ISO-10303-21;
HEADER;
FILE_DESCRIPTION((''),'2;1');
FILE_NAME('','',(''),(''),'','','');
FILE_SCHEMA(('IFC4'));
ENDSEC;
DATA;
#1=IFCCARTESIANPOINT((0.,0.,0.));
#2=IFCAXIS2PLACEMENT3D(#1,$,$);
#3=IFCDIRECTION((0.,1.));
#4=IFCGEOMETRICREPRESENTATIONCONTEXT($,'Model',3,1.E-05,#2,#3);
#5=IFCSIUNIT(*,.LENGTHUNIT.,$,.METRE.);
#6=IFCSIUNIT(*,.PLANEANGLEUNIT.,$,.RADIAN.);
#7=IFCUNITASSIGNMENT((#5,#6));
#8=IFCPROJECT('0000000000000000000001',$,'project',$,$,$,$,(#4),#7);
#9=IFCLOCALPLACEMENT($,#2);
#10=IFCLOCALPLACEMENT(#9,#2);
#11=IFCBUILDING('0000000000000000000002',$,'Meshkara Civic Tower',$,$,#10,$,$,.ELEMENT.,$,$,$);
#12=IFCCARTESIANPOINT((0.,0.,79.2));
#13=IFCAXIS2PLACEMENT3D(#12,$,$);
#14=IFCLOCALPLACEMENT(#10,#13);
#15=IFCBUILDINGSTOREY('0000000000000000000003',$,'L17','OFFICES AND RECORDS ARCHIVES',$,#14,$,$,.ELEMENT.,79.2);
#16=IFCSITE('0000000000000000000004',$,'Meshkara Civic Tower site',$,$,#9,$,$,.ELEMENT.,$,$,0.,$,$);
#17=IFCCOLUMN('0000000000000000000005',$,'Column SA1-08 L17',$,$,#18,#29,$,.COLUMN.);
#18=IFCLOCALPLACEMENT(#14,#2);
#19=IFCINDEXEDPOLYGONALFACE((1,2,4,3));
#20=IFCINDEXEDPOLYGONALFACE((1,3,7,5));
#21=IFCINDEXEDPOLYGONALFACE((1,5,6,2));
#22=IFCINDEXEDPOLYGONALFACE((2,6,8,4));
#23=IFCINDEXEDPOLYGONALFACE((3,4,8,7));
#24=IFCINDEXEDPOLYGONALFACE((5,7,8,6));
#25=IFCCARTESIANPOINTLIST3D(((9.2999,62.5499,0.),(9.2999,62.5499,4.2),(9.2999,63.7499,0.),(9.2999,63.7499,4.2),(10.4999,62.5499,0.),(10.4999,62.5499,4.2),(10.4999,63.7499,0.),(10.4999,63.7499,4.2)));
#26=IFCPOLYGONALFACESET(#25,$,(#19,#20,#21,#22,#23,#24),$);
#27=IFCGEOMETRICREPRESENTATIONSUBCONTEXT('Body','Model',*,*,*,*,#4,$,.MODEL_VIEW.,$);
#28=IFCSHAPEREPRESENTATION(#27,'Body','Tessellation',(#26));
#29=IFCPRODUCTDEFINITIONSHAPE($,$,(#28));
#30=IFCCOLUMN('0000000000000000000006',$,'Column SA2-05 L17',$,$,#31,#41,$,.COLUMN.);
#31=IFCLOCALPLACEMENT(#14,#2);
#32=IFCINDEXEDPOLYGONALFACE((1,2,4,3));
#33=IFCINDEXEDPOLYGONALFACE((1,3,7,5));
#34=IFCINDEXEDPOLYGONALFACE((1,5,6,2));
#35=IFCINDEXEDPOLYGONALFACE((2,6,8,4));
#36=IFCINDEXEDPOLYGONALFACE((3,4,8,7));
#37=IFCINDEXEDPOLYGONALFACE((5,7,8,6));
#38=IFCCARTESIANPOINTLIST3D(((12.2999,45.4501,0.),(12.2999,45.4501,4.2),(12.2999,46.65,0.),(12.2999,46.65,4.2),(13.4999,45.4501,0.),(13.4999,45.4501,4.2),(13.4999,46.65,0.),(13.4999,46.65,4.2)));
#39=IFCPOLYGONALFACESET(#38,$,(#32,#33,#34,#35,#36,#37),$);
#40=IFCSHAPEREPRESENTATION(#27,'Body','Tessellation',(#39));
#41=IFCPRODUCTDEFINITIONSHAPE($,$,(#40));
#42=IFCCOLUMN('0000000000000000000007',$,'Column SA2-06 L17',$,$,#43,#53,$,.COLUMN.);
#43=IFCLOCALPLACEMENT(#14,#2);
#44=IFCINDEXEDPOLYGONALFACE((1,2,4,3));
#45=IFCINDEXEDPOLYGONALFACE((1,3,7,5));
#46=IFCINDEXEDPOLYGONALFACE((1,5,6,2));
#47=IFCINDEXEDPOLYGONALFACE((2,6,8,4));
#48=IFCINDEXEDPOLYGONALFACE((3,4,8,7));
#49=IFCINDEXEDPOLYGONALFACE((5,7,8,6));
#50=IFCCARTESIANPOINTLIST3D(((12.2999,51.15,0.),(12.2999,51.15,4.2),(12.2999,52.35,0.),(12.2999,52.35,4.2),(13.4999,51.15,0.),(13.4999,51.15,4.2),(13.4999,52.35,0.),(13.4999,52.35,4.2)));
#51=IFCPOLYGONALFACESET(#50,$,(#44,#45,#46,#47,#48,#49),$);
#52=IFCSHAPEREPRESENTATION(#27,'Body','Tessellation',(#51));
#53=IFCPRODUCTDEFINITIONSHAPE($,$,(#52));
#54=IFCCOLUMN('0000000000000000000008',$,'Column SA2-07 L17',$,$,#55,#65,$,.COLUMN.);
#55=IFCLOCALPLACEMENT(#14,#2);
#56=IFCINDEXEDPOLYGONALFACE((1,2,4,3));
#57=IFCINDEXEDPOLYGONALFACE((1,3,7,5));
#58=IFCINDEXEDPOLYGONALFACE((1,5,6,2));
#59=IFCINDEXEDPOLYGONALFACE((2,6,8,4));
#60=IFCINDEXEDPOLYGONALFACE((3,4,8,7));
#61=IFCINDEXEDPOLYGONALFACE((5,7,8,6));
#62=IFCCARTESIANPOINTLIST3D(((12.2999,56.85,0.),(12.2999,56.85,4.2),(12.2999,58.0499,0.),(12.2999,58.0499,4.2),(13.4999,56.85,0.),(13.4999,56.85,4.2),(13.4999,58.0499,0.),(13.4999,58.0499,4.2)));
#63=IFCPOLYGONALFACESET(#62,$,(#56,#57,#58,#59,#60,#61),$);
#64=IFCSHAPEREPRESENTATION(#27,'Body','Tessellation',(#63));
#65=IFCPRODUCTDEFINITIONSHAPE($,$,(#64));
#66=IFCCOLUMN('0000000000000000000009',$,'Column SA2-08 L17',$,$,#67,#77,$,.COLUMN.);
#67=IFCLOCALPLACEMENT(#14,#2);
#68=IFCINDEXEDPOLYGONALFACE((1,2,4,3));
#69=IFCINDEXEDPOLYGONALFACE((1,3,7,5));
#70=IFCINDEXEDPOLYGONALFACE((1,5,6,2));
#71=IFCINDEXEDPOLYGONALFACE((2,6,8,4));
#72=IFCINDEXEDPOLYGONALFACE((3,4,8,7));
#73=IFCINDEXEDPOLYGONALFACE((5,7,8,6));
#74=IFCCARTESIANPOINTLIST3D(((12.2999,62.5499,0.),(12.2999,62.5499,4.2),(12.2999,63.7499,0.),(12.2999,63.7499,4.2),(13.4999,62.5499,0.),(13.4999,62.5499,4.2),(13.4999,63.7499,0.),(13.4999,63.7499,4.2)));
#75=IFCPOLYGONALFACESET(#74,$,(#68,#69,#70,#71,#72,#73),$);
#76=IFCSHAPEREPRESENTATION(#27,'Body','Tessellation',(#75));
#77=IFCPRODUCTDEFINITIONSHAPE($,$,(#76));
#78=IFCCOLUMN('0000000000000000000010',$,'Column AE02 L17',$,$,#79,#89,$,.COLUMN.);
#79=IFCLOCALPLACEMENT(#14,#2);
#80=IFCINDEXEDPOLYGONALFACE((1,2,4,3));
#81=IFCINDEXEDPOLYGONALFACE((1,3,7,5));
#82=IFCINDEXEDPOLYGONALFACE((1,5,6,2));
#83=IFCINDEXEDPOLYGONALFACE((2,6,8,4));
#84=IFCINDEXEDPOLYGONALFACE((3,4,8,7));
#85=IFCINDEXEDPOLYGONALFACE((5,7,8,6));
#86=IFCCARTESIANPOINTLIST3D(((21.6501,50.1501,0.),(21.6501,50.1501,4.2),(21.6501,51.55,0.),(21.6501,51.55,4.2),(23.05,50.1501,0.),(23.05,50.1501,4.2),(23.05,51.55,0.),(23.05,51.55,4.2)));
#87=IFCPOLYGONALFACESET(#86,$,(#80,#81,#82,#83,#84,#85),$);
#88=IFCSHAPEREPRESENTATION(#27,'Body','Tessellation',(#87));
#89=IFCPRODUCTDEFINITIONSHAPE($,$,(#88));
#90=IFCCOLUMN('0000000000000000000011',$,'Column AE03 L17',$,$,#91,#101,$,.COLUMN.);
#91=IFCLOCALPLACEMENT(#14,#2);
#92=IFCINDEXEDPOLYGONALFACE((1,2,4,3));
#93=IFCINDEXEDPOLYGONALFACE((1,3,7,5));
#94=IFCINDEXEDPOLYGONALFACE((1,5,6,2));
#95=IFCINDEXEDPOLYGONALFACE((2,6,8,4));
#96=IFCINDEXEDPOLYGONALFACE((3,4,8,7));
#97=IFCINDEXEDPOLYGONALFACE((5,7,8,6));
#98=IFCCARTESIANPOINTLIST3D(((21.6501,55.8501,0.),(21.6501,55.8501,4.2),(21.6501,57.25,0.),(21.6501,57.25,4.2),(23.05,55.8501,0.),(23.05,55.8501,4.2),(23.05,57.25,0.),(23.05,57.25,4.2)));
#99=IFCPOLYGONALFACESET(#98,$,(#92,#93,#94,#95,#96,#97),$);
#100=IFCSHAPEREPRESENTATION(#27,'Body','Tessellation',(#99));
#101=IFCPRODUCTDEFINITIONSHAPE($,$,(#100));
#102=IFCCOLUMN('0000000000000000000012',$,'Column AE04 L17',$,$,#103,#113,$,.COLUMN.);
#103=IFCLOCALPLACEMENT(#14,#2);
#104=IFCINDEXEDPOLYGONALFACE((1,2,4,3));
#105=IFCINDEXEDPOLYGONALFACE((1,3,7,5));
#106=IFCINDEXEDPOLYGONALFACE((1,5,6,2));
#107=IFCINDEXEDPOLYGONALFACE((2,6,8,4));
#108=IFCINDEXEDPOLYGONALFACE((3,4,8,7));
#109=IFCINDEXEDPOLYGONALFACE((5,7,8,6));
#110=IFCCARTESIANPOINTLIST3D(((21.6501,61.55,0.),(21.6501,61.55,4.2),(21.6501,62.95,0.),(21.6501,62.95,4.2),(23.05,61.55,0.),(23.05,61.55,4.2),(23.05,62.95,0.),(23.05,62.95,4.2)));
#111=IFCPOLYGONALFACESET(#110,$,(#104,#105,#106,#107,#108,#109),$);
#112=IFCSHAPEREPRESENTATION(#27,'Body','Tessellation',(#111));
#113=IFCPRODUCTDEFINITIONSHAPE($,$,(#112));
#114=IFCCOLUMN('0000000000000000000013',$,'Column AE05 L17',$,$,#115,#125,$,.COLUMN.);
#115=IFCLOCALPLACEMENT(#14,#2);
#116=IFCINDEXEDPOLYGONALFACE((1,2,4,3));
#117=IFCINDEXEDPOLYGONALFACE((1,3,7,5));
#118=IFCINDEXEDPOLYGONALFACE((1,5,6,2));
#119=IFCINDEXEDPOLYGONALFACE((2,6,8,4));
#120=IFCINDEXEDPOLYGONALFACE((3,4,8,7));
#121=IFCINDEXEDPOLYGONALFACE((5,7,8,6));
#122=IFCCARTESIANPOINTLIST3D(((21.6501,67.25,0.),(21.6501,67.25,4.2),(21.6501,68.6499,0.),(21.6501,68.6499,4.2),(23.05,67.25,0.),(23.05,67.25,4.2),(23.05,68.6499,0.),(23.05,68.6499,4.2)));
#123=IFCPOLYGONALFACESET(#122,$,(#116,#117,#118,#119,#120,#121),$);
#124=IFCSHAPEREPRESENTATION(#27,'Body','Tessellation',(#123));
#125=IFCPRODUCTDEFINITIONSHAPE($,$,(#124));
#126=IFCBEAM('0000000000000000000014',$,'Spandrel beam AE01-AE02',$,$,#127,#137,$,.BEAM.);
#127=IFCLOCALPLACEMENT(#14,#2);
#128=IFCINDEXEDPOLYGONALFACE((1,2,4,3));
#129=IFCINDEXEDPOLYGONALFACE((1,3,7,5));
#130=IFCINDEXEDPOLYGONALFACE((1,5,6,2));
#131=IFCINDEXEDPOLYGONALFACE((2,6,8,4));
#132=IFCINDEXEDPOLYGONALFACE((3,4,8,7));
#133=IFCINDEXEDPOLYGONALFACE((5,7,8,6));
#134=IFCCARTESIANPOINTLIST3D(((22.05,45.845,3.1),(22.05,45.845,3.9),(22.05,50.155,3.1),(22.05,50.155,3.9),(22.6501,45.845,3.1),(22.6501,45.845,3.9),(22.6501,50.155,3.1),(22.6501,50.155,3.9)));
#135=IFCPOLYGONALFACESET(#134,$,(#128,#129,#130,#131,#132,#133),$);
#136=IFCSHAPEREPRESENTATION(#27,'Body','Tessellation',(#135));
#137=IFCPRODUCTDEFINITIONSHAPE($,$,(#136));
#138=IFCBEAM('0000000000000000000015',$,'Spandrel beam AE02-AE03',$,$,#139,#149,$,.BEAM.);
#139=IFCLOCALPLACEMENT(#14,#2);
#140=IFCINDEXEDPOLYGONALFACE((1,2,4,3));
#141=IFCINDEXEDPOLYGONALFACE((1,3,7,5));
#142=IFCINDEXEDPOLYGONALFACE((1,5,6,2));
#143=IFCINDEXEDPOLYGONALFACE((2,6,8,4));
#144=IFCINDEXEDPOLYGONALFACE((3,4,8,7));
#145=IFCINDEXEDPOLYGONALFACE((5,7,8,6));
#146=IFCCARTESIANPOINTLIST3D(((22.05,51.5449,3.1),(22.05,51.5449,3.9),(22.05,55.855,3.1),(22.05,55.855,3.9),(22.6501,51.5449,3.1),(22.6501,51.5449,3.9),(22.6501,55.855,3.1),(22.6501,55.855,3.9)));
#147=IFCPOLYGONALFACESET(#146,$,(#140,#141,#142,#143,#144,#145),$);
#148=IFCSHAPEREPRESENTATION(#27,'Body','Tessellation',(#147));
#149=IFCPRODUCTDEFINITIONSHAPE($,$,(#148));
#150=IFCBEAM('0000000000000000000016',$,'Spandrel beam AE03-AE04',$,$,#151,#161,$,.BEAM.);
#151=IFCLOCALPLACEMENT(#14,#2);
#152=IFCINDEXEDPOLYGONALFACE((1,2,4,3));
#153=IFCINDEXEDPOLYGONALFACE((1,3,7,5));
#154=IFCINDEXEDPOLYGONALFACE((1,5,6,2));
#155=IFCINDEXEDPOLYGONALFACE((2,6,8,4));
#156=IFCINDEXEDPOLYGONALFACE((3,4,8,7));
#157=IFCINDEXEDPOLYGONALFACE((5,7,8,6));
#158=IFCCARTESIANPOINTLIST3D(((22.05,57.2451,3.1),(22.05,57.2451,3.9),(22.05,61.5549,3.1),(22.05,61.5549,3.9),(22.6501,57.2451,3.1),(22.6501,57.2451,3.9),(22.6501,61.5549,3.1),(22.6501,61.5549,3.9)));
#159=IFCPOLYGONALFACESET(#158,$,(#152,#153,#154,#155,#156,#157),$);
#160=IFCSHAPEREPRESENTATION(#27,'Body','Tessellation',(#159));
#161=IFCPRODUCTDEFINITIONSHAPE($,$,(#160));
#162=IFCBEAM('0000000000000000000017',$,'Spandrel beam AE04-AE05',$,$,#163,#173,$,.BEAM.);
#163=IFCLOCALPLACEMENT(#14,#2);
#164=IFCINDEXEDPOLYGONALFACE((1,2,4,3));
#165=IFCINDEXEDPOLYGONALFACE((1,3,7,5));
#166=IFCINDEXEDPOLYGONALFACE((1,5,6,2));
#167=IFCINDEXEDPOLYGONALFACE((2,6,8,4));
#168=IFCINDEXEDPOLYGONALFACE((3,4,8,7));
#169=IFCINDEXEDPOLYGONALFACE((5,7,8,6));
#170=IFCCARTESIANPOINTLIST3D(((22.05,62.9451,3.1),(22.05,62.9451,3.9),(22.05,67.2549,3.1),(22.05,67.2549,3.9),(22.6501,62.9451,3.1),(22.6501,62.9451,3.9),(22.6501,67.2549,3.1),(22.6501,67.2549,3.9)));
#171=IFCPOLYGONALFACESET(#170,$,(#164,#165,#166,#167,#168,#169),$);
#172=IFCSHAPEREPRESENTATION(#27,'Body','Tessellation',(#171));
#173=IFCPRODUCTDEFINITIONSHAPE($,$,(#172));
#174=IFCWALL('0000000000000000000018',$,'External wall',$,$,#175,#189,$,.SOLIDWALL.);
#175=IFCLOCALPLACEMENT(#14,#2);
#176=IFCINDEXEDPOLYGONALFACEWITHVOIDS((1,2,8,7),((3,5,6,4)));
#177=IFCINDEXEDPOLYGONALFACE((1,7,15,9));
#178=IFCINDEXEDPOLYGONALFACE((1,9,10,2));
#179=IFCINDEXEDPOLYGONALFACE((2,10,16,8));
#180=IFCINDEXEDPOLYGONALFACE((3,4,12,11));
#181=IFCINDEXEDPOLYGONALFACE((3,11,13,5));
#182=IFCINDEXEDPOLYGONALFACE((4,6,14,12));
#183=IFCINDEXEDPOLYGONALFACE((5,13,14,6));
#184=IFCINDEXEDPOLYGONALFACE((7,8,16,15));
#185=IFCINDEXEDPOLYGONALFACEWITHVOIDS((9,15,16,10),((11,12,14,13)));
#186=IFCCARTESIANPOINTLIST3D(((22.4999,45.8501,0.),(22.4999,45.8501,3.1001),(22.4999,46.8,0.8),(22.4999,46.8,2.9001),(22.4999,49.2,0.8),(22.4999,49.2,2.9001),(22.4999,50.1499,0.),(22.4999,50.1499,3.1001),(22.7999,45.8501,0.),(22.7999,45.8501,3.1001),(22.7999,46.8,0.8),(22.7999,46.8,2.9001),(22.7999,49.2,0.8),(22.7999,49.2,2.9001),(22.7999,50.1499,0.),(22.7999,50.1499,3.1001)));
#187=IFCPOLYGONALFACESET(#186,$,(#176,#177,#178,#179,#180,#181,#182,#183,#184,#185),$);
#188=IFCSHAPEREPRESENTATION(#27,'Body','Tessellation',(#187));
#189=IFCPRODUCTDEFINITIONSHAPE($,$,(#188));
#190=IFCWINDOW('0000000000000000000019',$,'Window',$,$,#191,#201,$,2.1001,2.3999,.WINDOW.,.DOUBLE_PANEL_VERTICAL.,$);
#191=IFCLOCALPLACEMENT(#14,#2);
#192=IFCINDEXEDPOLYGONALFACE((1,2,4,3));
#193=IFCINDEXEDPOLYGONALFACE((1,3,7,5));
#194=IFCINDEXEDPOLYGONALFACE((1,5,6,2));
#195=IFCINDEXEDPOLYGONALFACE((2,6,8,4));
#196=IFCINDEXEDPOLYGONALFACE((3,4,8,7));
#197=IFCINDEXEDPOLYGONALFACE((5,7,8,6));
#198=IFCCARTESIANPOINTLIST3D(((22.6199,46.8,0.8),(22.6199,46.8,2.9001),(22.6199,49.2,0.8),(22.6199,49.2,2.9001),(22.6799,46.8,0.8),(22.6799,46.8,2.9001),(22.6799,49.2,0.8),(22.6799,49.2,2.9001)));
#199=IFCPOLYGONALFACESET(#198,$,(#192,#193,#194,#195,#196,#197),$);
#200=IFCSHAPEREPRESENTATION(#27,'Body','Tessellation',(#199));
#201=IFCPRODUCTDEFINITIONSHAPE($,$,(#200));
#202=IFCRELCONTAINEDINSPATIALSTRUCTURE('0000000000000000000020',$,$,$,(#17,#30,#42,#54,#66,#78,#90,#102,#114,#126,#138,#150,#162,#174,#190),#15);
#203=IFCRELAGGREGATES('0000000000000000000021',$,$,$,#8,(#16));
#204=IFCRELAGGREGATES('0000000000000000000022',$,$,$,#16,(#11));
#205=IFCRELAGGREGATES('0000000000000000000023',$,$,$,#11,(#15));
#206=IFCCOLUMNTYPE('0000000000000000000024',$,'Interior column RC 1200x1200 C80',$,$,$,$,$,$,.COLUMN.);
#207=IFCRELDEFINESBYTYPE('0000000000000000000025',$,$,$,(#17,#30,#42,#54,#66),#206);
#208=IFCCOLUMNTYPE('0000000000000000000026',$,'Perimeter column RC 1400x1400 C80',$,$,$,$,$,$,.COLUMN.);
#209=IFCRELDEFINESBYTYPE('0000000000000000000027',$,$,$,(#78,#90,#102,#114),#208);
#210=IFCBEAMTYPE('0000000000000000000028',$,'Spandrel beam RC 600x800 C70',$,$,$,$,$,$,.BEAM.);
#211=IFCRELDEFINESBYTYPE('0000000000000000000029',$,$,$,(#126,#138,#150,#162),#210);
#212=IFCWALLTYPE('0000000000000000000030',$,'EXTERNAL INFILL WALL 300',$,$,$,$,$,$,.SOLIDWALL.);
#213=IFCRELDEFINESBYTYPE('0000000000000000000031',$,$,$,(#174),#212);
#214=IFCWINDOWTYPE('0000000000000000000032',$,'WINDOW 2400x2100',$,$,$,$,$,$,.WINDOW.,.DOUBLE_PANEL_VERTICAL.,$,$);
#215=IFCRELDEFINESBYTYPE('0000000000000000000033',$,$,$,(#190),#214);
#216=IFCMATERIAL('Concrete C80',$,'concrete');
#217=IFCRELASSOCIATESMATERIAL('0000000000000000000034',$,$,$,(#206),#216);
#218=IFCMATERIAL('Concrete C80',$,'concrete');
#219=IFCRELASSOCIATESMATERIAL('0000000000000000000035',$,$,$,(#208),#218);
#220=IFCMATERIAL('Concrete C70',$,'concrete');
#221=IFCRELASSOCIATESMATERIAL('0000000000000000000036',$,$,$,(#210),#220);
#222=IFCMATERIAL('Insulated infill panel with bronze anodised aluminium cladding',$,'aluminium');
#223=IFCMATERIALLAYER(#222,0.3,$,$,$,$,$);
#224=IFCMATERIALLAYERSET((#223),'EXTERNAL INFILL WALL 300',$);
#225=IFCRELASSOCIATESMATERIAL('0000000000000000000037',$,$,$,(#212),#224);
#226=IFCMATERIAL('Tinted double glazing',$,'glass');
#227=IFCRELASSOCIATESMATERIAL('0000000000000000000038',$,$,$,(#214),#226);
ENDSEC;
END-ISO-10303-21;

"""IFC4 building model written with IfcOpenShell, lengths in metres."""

from ifc_helpers import new_model, si_unit, direction, frame, frame_2d, origin, origin_2d, place, context, subcontext, project, spatial, rectangle, extrude, material, layer, layer_set, material_profile, profile_set, type_object, element, fill, save


model = new_model("IFC4")

# Units and contexts
model_context = context("Model", 3, precision=1e-05, world=origin(), true_north=direction((0.0, 1.0)))
body_context = subcontext(model_context, "Body", "Model", "MODEL_VIEW")
ifc_project = project(units=[si_unit("LENGTHUNIT", "METRE"), si_unit("PLANEANGLEUNIT", "RADIAN")], contexts=[model_context])

# Site, building, storey
site_placement = place(None, origin())
site = spatial("IfcSite", under=ifc_project, at=site_placement, Name="Meshkara Civic Tower site", CompositionType="ELEMENT", RefElevation=0.0)
building_placement = place(site_placement, origin())
building = spatial("IfcBuilding", under=site, at=building_placement, Name="Meshkara Civic Tower", CompositionType="ELEMENT")
storey_placement = place(building_placement, frame((0.0, 0.0, 79.2)))
storey = spatial("IfcBuildingStorey", under=building, at=storey_placement, Name="L17", Description="OFFICES AND RECORDS ARCHIVES", CompositionType="ELEMENT", Elevation=79.2)

# Columns
ifc_material_1 = material(Name="Concrete C80", Category="concrete")
ifc_material_profile_1 = material_profile(ifc_material_1, rectangle(XDim=1.2, YDim=1.2, at=origin_2d()))
ifc_profile_set_1 = profile_set([ifc_material_profile_1], Name="Concrete C80")
column_type_1 = type_object("IfcColumnType", Name="Interior column RC 1200x1200 C80", PredefinedType="COLUMN", material=ifc_profile_set_1)
for number, where, z_axis, x_axis, name in (
    (1, (9.8999, 63.1499, 0.0), (0.0, 0.0, 1.0), (1.0, 0.0, 0.0), "Column SA1-08 L17"),
    (2, (12.8999, 46.05, 0.0), (0.0, 0.0, 1.0), (1.0, 0.0, 0.0), "Column SA2-05 L17"),
    (3, (12.8999, 51.75, 0.0), (0.0, 0.0, 1.0), (1.0, 0.0, 0.0), "Column SA2-06 L17"),
    (4, (12.8999, 57.45, 0.0), (0.0, 0.0, 1.0), (1.0, 0.0, 0.0), "Column SA2-07 L17"),
    (5, (12.8999, 63.1499, 0.0), (0.0, 0.0, 1.0), (1.0, 0.0, 0.0), "Column SA2-08 L17"),
):
    element("IfcColumn", number, at=place(storey_placement, frame(where, z_axis=z_axis, x_axis=x_axis)), inside=storey, type_object=column_type_1, Name=name, PredefinedType="COLUMN", context=body_context, shape_type="SweptSolid", body=[
        extrude(rectangle(XDim=1.2, YDim=1.2, at=origin_2d()), origin(), (0.0, 0.0, 1.0), 4.2),
    ])
ifc_material_2 = material(Name="Concrete C80", Category="concrete")
ifc_material_profile_2 = material_profile(ifc_material_2, rectangle(XDim=1.3999, YDim=1.3999, at=origin_2d()))
ifc_profile_set_2 = profile_set([ifc_material_profile_2], Name="Concrete C80")
column_type_2 = type_object("IfcColumnType", Name="Perimeter column RC 1400x1400 C80", PredefinedType="COLUMN", material=ifc_profile_set_2)
for number, where, z_axis, x_axis, name in (
    (6, (22.3501, 50.8501, 0.0), (0.0, 0.0, 1.0), (1.0, 0.0, 0.0), "Column AE02 L17"),
    (7, (22.3501, 56.55, 0.0), (0.0, 0.0, 1.0), (1.0, 0.0, 0.0), "Column AE03 L17"),
    (8, (22.3501, 62.25, 0.0), (0.0, 0.0, 1.0), (1.0, 0.0, 0.0), "Column AE04 L17"),
    (9, (22.3501, 67.95, 0.0), (0.0, 0.0, 1.0), (1.0, 0.0, 0.0), "Column AE05 L17"),
):
    element("IfcColumn", number, at=place(storey_placement, frame(where, z_axis=z_axis, x_axis=x_axis)), inside=storey, type_object=column_type_2, Name=name, PredefinedType="COLUMN", context=body_context, shape_type="SweptSolid", body=[
        extrude(rectangle(XDim=1.3999, YDim=1.3999, at=origin_2d()), origin(), (0.0, 0.0, 1.0), 4.2),
    ])

# Beams
ifc_material_3 = material(Name="Concrete C70", Category="concrete")
ifc_material_profile_3 = material_profile(ifc_material_3, rectangle(XDim=0.6001, YDim=0.8, at=origin_2d()))
ifc_profile_set_3 = profile_set([ifc_material_profile_3], Name="Concrete C70")
beam_type = type_object("IfcBeamType", Name="Spandrel beam RC 600x800 C70", PredefinedType="BEAM", material=ifc_profile_set_3)
for number, where, z_axis, x_axis, name in (
    (10, (22.3501, 45.845, 3.5), (0.0, 1.0, 0.0), (-1.0, 0.0, 0.0), "Spandrel beam AE01-AE02"),
    (11, (22.3501, 51.5449, 3.5), (0.0, 1.0, 0.0), (-1.0, 0.0, 0.0), "Spandrel beam AE02-AE03"),
):
    element("IfcBeam", number, at=place(storey_placement, frame(where, z_axis=z_axis, x_axis=x_axis)), inside=storey, type_object=beam_type, Name=name, PredefinedType="BEAM", context=body_context, shape_type="SweptSolid", body=[
        extrude(rectangle(XDim=0.6001, YDim=0.8, at=origin_2d()), origin(), (0.0, 0.0, 1.0), 4.3101),
    ])
for number, where, z_axis, x_axis, name in (
    (12, (22.3501, 57.2451, 3.5), (0.0, 1.0, 0.0), (-1.0, 0.0, 0.0), "Spandrel beam AE03-AE04"),
    (13, (22.3501, 62.9451, 3.5), (0.0, 1.0, 0.0), (-1.0, 0.0, 0.0), "Spandrel beam AE04-AE05"),
):
    element("IfcBeam", number, at=place(storey_placement, frame(where, z_axis=z_axis, x_axis=x_axis)), inside=storey, type_object=beam_type, Name=name, PredefinedType="BEAM", context=body_context, shape_type="SweptSolid", body=[
        extrude(rectangle(XDim=0.6001, YDim=0.8, at=origin_2d()), origin(), (0.0, 0.0, 1.0), 4.3098),
    ])

# Wall, opening, window
ifc_material_4 = material(Name="Insulated infill panel with bronze anodised aluminium cladding", Category="aluminium")
ifc_layer_1 = layer(ifc_material_4, 0.3)
ifc_layer_set_1 = layer_set([ifc_layer_1], Name="EXTERNAL INFILL WALL 300")
wall_type_1 = type_object("IfcWallType", Name="EXTERNAL INFILL WALL 300", PredefinedType="SOLIDWALL", material=ifc_layer_set_1)
wall_1_placement = place(storey_placement, frame((22.6499, 45.8501, 0.0), z_axis=(0.0, 0.0, 1.0), x_axis=(0.0, 1.0, 0.0)))
wall_1 = element("IfcWall", 14, at=wall_1_placement, inside=storey, type_object=wall_type_1, Name="External wall", PredefinedType="SOLIDWALL", context=body_context, shape_type="SweptSolid", body=[
    extrude(rectangle(XDim=4.2998, YDim=0.3, at=frame_2d((2.1499, 0.0))), origin(), (0.0, 0.0, 1.0), 3.1001),
])
opening_1_placement = place(wall_1_placement, frame((0.95, 0.0, 0.8)))
opening_1 = element("IfcOpeningElement", 15, at=opening_1_placement, cuts=wall_1, PredefinedType="OPENING", context=body_context, shape_type="SweptSolid", body=[
    extrude(rectangle(XDim=2.3999, YDim=2.1001, at=frame_2d((1.2, 1.05))), frame((0.0, 0.1599, 0.0), z_axis=(0.0, -1.0, 0.0), x_axis=(1.0, 0.0, 0.0)), (0.0, 0.0, 1.0), 0.3201),
])
ifc_material_5 = material(Name="Tinted double glazing", Category="glass")
window_type = type_object("IfcWindowType", Name="WINDOW 2400x2100", PartitioningType="DOUBLE_PANEL_VERTICAL", PredefinedType="WINDOW", material=ifc_material_5)
window_1_placement = place(opening_1_placement, origin())
window_1 = element("IfcWindow", 16, at=window_1_placement, inside=storey, type_object=window_type, Name="Window", OverallHeight=2.1001, OverallWidth=2.3999, PartitioningType="DOUBLE_PANEL_VERTICAL", PredefinedType="WINDOW", context=body_context, shape_type="SweptSolid", body=[
    extrude(rectangle(XDim=2.3999, YDim=2.1001, at=frame_2d((1.2, 1.05))), frame((0.0, 0.03, 0.0), z_axis=(0.0, -1.0, 0.0), x_axis=(1.0, 0.0, 0.0)), (0.0, 0.0, 1.0), 0.0601),
])
fill(opening_1, window_1)

save(model, "model.ifc")
